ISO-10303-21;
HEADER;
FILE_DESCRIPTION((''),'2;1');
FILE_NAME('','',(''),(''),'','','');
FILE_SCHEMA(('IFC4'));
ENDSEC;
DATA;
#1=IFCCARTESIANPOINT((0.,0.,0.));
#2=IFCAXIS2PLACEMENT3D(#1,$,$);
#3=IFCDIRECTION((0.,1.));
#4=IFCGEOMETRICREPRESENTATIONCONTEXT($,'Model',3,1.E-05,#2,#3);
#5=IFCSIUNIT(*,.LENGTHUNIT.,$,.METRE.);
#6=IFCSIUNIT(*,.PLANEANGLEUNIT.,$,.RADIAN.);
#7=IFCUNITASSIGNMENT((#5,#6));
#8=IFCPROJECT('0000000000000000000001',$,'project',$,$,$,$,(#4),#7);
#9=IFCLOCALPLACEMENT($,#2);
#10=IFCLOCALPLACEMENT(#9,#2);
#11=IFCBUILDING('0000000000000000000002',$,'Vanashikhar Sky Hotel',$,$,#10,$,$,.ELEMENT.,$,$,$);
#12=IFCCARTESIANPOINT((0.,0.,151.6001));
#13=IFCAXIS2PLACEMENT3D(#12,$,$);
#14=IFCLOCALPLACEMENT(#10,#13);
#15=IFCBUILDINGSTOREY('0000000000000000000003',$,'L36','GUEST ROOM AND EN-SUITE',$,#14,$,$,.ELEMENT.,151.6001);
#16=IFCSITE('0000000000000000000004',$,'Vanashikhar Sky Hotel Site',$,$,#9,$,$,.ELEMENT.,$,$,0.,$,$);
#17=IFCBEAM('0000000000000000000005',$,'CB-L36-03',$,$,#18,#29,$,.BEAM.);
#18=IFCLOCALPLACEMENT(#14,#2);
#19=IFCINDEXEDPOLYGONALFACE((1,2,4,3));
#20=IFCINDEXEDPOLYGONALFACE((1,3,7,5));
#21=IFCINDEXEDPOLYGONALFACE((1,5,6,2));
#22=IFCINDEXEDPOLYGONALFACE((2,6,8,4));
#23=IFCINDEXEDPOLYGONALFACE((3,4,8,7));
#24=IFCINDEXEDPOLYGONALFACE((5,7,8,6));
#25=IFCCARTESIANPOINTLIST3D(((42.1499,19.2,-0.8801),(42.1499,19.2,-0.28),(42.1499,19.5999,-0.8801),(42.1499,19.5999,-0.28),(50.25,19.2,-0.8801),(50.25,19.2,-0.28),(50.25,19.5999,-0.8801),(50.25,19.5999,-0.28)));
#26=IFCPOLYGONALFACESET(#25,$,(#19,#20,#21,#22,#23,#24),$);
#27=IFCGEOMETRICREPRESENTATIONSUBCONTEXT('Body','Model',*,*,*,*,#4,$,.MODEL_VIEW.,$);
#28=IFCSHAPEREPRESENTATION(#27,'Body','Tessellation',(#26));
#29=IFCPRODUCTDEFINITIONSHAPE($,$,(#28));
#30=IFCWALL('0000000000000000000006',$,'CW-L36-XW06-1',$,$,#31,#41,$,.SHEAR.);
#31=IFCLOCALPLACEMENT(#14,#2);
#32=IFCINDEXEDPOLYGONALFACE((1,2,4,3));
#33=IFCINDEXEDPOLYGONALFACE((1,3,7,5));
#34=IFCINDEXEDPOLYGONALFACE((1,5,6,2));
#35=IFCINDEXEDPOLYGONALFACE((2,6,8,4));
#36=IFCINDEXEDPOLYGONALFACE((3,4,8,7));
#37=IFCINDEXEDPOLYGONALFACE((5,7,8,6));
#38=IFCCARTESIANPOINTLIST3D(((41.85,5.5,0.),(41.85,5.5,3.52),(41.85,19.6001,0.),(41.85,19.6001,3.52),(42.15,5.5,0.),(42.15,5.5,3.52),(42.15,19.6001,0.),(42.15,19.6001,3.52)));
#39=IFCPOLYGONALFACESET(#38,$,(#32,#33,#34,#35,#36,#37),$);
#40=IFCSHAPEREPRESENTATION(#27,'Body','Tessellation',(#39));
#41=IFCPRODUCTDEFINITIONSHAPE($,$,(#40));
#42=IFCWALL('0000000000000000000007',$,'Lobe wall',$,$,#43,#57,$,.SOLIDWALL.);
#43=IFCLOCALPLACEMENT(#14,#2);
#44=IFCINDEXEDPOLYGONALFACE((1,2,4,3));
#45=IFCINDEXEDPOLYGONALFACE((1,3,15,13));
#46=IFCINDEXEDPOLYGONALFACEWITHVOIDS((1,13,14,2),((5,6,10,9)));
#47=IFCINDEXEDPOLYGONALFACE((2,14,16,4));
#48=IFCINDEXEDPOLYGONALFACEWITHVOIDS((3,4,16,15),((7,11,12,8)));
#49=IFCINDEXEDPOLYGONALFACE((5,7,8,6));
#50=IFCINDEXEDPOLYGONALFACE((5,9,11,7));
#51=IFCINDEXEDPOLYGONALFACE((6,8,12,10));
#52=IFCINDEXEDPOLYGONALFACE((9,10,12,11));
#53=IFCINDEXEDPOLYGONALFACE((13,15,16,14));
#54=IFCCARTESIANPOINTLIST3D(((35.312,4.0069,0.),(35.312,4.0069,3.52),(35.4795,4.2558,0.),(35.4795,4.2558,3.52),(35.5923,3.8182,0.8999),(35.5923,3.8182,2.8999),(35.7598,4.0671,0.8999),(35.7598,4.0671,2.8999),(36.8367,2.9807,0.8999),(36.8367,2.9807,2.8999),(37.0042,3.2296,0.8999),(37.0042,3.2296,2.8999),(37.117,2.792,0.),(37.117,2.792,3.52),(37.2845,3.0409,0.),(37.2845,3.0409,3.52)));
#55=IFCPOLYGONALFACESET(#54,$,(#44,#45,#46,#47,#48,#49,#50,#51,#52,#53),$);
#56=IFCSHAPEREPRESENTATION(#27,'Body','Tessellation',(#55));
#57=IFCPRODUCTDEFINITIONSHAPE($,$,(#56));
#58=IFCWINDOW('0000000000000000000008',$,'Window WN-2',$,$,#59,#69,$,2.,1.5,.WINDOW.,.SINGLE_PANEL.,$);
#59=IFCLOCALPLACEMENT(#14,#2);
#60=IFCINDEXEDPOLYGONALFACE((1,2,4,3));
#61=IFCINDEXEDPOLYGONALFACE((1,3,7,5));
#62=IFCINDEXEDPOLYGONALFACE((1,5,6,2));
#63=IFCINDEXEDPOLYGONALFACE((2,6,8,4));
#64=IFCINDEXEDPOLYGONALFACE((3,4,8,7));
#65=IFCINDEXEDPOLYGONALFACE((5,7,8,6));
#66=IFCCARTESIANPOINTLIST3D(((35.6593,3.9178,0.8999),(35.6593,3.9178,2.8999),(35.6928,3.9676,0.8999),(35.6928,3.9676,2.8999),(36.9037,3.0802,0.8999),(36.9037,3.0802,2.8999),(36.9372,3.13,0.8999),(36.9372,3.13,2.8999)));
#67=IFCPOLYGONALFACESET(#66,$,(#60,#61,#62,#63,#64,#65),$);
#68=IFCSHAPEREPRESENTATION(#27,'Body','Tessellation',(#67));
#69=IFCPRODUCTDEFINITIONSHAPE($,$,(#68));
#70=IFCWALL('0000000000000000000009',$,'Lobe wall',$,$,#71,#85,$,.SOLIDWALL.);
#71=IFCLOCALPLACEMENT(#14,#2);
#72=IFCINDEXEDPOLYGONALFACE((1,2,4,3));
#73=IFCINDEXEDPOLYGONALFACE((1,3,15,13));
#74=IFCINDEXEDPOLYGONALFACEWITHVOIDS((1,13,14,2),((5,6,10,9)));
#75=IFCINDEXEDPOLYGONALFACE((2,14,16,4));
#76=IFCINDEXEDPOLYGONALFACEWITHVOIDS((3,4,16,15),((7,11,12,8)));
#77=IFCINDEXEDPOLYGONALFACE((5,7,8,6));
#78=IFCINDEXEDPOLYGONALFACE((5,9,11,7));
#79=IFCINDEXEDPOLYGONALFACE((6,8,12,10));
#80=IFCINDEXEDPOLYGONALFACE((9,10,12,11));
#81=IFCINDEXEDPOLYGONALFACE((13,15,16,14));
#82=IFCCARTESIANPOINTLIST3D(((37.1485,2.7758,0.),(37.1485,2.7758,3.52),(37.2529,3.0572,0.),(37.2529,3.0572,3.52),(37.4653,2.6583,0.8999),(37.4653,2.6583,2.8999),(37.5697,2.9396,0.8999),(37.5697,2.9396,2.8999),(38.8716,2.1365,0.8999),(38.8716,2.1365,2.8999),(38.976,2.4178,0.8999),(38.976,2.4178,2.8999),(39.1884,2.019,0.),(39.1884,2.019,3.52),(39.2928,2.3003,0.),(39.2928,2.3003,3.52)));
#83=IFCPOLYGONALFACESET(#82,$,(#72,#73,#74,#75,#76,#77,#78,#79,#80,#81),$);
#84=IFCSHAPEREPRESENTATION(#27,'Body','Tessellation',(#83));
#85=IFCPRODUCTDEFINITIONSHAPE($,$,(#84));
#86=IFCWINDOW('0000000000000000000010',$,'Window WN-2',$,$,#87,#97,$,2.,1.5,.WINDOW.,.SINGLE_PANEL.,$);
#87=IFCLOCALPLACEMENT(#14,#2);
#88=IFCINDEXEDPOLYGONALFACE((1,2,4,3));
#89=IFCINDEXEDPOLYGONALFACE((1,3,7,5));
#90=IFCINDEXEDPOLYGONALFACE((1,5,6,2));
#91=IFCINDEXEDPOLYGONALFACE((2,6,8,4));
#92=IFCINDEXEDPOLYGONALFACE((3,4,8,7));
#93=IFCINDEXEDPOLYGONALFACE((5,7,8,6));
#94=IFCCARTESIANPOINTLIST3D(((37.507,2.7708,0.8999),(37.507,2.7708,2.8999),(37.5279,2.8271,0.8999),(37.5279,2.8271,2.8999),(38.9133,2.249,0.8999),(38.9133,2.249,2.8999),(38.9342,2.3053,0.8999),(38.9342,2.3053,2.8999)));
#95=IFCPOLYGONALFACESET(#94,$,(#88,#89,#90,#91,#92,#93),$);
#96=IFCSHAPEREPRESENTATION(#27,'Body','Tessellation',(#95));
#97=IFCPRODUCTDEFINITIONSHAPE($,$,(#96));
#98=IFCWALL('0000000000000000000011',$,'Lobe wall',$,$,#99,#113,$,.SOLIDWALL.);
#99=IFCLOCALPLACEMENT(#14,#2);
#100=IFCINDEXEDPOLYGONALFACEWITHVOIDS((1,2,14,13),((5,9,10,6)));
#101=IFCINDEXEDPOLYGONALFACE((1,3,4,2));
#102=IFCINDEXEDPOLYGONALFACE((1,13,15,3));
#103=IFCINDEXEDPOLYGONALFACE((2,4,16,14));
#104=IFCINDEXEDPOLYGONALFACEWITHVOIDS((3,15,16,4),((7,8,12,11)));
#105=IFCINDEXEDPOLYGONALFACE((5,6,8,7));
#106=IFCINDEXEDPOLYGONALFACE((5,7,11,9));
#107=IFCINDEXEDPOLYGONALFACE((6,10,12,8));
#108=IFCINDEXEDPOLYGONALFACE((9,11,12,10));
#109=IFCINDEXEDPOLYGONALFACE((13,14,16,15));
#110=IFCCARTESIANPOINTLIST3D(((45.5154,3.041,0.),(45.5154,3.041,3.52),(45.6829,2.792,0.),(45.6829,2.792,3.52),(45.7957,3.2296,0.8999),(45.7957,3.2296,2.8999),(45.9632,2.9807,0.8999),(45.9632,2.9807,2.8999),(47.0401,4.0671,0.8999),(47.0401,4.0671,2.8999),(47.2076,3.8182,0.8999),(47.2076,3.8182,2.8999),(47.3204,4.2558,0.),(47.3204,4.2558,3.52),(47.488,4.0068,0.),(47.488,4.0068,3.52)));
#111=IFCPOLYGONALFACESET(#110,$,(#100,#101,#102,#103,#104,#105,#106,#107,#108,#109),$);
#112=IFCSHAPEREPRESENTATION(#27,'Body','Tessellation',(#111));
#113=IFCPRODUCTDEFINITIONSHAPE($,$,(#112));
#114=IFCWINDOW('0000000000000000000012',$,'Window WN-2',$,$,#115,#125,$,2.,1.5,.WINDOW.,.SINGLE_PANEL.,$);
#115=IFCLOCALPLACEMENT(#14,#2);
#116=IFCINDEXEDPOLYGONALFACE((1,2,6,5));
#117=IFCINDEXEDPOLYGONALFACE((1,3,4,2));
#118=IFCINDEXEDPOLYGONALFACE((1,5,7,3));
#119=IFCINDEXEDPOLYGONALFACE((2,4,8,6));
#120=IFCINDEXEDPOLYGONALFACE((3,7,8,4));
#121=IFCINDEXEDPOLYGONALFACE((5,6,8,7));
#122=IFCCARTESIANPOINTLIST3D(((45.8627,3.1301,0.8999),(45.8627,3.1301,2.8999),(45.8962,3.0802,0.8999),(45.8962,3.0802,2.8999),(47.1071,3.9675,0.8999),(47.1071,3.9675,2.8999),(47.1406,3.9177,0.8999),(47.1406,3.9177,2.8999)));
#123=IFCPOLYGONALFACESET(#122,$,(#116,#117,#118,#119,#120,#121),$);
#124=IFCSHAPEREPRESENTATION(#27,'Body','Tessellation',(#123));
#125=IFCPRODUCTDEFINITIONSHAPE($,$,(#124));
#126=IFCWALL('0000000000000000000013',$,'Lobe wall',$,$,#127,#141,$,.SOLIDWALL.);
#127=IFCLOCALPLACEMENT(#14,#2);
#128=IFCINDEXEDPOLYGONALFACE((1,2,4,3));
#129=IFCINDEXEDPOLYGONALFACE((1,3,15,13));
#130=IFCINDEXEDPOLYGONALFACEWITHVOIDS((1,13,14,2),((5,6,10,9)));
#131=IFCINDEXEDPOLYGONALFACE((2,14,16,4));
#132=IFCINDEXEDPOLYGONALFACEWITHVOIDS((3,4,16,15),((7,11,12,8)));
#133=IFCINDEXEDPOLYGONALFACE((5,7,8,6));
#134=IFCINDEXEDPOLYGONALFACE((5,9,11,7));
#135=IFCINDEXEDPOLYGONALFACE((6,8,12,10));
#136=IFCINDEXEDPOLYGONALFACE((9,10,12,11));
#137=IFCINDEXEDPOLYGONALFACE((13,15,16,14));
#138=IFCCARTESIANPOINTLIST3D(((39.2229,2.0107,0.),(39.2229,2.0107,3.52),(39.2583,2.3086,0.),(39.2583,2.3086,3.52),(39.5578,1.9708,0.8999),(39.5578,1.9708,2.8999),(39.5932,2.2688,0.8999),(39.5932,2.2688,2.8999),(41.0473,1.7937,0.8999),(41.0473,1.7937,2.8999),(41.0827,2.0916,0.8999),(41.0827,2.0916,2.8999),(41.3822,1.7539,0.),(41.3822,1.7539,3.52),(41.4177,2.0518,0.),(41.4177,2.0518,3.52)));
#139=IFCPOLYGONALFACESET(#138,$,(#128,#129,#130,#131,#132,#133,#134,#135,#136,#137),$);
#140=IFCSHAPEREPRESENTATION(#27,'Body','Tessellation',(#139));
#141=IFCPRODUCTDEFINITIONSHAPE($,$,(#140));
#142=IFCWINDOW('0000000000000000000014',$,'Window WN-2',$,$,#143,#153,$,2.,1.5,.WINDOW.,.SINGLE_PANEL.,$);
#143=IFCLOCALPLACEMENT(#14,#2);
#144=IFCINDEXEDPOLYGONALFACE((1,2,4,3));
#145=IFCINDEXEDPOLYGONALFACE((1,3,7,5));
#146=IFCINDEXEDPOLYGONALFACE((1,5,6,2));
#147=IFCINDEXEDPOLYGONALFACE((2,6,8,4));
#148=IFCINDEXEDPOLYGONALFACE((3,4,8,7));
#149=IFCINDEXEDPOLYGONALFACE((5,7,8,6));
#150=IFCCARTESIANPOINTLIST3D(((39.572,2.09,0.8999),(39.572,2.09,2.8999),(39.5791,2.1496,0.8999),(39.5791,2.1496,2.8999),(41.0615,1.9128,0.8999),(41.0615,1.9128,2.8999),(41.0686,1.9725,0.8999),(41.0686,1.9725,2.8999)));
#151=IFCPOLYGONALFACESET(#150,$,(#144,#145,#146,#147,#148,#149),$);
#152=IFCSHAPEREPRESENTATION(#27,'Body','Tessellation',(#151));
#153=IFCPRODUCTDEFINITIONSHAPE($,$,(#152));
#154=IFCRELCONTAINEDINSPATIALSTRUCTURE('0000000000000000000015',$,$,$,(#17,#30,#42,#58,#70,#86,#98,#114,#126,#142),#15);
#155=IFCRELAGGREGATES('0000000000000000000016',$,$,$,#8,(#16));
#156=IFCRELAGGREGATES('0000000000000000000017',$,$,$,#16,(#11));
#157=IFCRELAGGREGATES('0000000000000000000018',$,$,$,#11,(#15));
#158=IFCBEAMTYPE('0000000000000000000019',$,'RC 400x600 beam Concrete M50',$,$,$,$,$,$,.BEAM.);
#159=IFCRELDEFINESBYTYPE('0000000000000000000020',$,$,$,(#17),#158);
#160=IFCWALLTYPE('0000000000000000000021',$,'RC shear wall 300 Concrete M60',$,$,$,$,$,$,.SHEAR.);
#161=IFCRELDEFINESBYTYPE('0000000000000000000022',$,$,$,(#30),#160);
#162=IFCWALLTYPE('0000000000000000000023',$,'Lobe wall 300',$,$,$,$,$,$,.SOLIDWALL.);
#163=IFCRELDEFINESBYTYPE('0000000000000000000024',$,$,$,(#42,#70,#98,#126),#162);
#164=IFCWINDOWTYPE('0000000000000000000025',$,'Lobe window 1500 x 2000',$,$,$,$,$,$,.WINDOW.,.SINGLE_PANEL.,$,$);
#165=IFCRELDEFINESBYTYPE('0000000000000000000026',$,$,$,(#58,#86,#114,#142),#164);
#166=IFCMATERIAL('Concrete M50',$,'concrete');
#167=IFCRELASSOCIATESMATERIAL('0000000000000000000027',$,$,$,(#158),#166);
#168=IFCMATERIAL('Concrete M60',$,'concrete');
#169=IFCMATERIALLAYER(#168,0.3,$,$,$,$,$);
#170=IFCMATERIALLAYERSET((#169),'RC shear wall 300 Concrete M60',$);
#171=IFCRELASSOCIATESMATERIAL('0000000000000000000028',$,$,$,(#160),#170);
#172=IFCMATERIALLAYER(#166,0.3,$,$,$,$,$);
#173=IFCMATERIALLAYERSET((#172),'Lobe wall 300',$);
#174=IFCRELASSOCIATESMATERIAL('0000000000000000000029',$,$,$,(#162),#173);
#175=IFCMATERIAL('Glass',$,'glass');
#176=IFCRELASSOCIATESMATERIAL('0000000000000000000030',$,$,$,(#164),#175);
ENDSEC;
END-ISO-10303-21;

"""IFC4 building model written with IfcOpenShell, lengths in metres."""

from ifc_helpers import new_model, si_unit, direction, frame, frame_2d, origin, origin_2d, place, context, subcontext, project, spatial, rectangle, extrude, source, transform, mapped, material, layer, layer_set, material_profile, profile_set, type_object, element, fill, save


model = new_model("IFC4")

# Units and contexts
model_context = context("Model", 3, precision=1e-05, world=origin(), true_north=direction((0.0, 1.0)))
body_context = subcontext(model_context, "Body", "Model", "MODEL_VIEW")
ifc_project = project(units=[si_unit("LENGTHUNIT", "METRE"), si_unit("PLANEANGLEUNIT", "RADIAN")], contexts=[model_context])

# Site, building, storey
site_placement = place(None, origin())
site = spatial("IfcSite", under=ifc_project, at=site_placement, Name="Vanashikhar Sky Hotel Site", CompositionType="ELEMENT", RefElevation=0.0)
building_placement = place(site_placement, origin())
building = spatial("IfcBuilding", under=site, at=building_placement, Name="Vanashikhar Sky Hotel", CompositionType="ELEMENT")
storey_placement = place(building_placement, frame((0.0, 0.0, 151.6001)))
storey = spatial("IfcBuildingStorey", under=building, at=storey_placement, Name="L36", Description="GUEST ROOM AND EN-SUITE", CompositionType="ELEMENT", Elevation=151.6001)

# Beam
ifc_material_1 = material(Name="Concrete M50", Category="concrete")
ifc_material_profile_1 = material_profile(ifc_material_1, rectangle(XDim=0.3999, YDim=0.6001, at=origin_2d()))
ifc_profile_set_1 = profile_set([ifc_material_profile_1], Name="RC 400x600 beam Concrete M50")
beam_type = type_object("IfcBeamType", Name="RC 400x600 beam Concrete M50", PredefinedType="BEAM", material=ifc_profile_set_1)
shared_shape_1 = source(origin(), body_context, "Body", "SweptSolid", [
    extrude(rectangle(XDim=0.3999, YDim=0.6001, at=origin_2d()), origin(), (0.0, 0.0, 1.0), 8.1001),
])
beam_placement = place(storey_placement, frame((42.1499, 19.3999, -0.5801), z_axis=(1.0, 0.0, 0.0), x_axis=(0.0, 1.0, 0.0)))
element("IfcBeam", 1, at=beam_placement, inside=storey, type_object=beam_type, Name="CB-L36-03", PredefinedType="BEAM", context=body_context, shape_type="MappedRepresentation", body=[
    mapped(shared_shape_1, transform((0.0, 0.0, 0.0), scale=1.0)),
])

# Wall
ifc_material_2 = material(Name="Concrete M60", Category="concrete")
ifc_layer_1 = layer(ifc_material_2, 0.3)
ifc_layer_set_1 = layer_set([ifc_layer_1], Name="RC shear wall 300 Concrete M60")
wall_type_1 = type_object("IfcWallType", Name="RC shear wall 300 Concrete M60", PredefinedType="SHEAR", material=ifc_layer_set_1)
shared_shape_2 = source(origin(), body_context, "Body", "SweptSolid", [
    extrude(rectangle(XDim=14.1001, YDim=0.3, at=frame_2d((7.05, 0.0))), origin(), (0.0, 0.0, 1.0), 3.52),
])
wall_1_placement = place(storey_placement, frame((42.0, 5.5, 0.0), z_axis=(0.0, 0.0, 1.0), x_axis=(0.0, 1.0, 0.0)))
element("IfcWall", 2, at=wall_1_placement, inside=storey, type_object=wall_type_1, Name="CW-L36-XW06-1", PredefinedType="SHEAR", context=body_context, shape_type="MappedRepresentation", body=[
    mapped(shared_shape_2, transform((0.0, 0.0, 0.0), scale=1.0)),
])

# Walls, openings, windows
ifc_layer_2 = layer(ifc_material_1, 0.3)
ifc_layer_set_2 = layer_set([ifc_layer_2], Name="Lobe wall 300")
wall_type_2 = type_object("IfcWallType", Name="Lobe wall 300", PredefinedType="SOLIDWALL", material=ifc_layer_set_2)
shared_shape_3 = source(origin(), body_context, "Body", "SweptSolid", [
    extrude(rectangle(XDim=2.1758, YDim=0.3, at=frame_2d((1.0879, 0.0))), origin(), (0.0, 0.0, 1.0), 3.52),
])
wall_2_placement = place(storey_placement, frame((35.3958, 4.1313, 0.0), z_axis=(0.0, 0.0, 1.0), x_axis=(0.829591, -0.558372, 0.0)))
wall_2 = element("IfcWall", 3, at=wall_2_placement, inside=storey, type_object=wall_type_2, Name="Lobe wall", PredefinedType="SOLIDWALL", context=body_context, shape_type="MappedRepresentation", body=[
    mapped(shared_shape_3, transform((0.0, 0.0, 0.0), scale=1.0)),
])
shared_shape_4 = source(origin(), body_context, "Body", "SweptSolid", [
    extrude(rectangle(XDim=1.5, YDim=2.0, at=frame_2d((0.75, 1.0))), frame((0.0, 0.1602, 0.0), z_axis=(0.0, -1.0, 0.0), x_axis=(1.0, 0.0, 0.0)), (0.0, 0.0, 1.0), 0.3201),
])
opening_1_placement = place(wall_2_placement, frame((0.3379, 0.0, 0.8999)))
opening_1 = element("IfcOpeningElement", 4, at=opening_1_placement, cuts=wall_2, PredefinedType="OPENING", context=body_context, shape_type="MappedRepresentation", body=[
    mapped(shared_shape_4, transform((0.0, 0.0, 0.0), scale=1.0)),
])
ifc_material_3 = material(Name="Glass", Category="glass")
window_type = type_object("IfcWindowType", Name="Lobe window 1500 x 2000", PartitioningType="SINGLE_PANEL", PredefinedType="WINDOW", material=ifc_material_3)
shared_shape_5 = source(origin(), body_context, "Body", "SweptSolid", [
    extrude(rectangle(XDim=1.5, YDim=2.0, at=frame_2d((0.75, 1.0))), frame((0.0, 0.03, 0.0), z_axis=(0.0, -1.0, 0.0), x_axis=(1.0, 0.0, 0.0)), (0.0, 0.0, 1.0), 0.0601),
])
window_1_placement = place(opening_1_placement, origin())
window_1 = element("IfcWindow", 5, at=window_1_placement, inside=storey, type_object=window_type, Name="Window WN-2", OverallHeight=2.0, OverallWidth=1.5, PartitioningType="SINGLE_PANEL", PredefinedType="WINDOW", context=body_context, shape_type="MappedRepresentation", body=[
    mapped(shared_shape_5, transform((0.0, 0.0, 0.0), scale=1.0)),
])
fill(opening_1, window_1)
wall_3_placement = place(storey_placement, frame((37.2007, 2.9165, 0.0), z_axis=(0.0, 0.0, 1.0), x_axis=(0.937546, -0.347863, 0.0)))
wall_3 = element("IfcWall", 6, at=wall_3_placement, inside=storey, type_object=wall_type_2, Name="Lobe wall", PredefinedType="SOLIDWALL", context=body_context, shape_type="MappedRepresentation", body=[
    mapped(shared_shape_3, transform((0.0, 0.0, 0.0), scale=1.0)),
])
opening_2_placement = place(wall_3_placement, frame((0.3379, 0.0, 0.8999)))
opening_2 = element("IfcOpeningElement", 7, at=opening_2_placement, cuts=wall_3, PredefinedType="OPENING", context=body_context, shape_type="MappedRepresentation", body=[
    mapped(shared_shape_4, transform((0.0, 0.0, 0.0), scale=1.0)),
])
window_2_placement = place(opening_2_placement, origin())
window_2 = element("IfcWindow", 8, at=window_2_placement, inside=storey, type_object=window_type, Name="Window WN-2", OverallHeight=2.0, OverallWidth=1.5, PartitioningType="SINGLE_PANEL", PredefinedType="WINDOW", context=body_context, shape_type="MappedRepresentation", body=[
    mapped(shared_shape_5, transform((0.0, 0.0, 0.0), scale=1.0)),
])
fill(opening_2, window_2)
wall_4_placement = place(storey_placement, frame((45.5991, 2.9165, 0.0), z_axis=(0.0, 0.0, 1.0), x_axis=(0.829626, 0.55832, 0.0)))
wall_4 = element("IfcWall", 9, at=wall_4_placement, inside=storey, type_object=wall_type_2, Name="Lobe wall", PredefinedType="SOLIDWALL", context=body_context, shape_type="MappedRepresentation", body=[
    mapped(shared_shape_3, transform((0.0, 0.0, 0.0), scale=1.0)),
])
opening_3_placement = place(wall_4_placement, frame((0.3379, 0.0, 0.8999)))
opening_3 = element("IfcOpeningElement", 10, at=opening_3_placement, cuts=wall_4, PredefinedType="OPENING", context=body_context, shape_type="MappedRepresentation", body=[
    mapped(shared_shape_4, transform((0.0, 0.0, 0.0), scale=1.0)),
])
window_3_placement = place(opening_3_placement, origin())
window_3 = element("IfcWindow", 11, at=window_3_placement, inside=storey, type_object=window_type, Name="Window WN-2", OverallHeight=2.0, OverallWidth=1.5, PartitioningType="SINGLE_PANEL", PredefinedType="WINDOW", context=body_context, shape_type="MappedRepresentation", body=[
    mapped(shared_shape_5, transform((0.0, 0.0, 0.0), scale=1.0)),
])
fill(opening_3, window_3)
shared_shape_6 = source(origin(), body_context, "Body", "SweptSolid", [
    extrude(rectangle(XDim=2.1746, YDim=0.3, at=frame_2d((1.0874, 0.0))), origin(), (0.0, 0.0, 1.0), 3.52),
])
wall_5_placement = place(storey_placement, frame((39.2405, 2.1597, 0.0), z_axis=(0.0, 0.0, 1.0), x_axis=(0.993001, -0.118105, 0.0)))
wall_5 = element("IfcWall", 12, at=wall_5_placement, inside=storey, type_object=wall_type_2, Name="Lobe wall", PredefinedType="SOLIDWALL", context=body_context, shape_type="MappedRepresentation", body=[
    mapped(shared_shape_6, transform((0.0, 0.0, 0.0), scale=1.0)),
])
opening_4_placement = place(wall_5_placement, frame((0.3374, 0.0, 0.8999)))
opening_4 = element("IfcOpeningElement", 13, at=opening_4_placement, cuts=wall_5, PredefinedType="OPENING", context=body_context, shape_type="MappedRepresentation", body=[
    mapped(shared_shape_4, transform((0.0, 0.0, 0.0), scale=1.0)),
])
window_4_placement = place(opening_4_placement, origin())
window_4 = element("IfcWindow", 14, at=window_4_placement, inside=storey, type_object=window_type, Name="Window WN-2", OverallHeight=2.0, OverallWidth=1.5, PartitioningType="SINGLE_PANEL", PredefinedType="WINDOW", context=body_context, shape_type="MappedRepresentation", body=[
    mapped(shared_shape_5, transform((0.0, 0.0, 0.0), scale=1.0)),
])
fill(opening_4, window_4)

save(model, "model.ifc")
